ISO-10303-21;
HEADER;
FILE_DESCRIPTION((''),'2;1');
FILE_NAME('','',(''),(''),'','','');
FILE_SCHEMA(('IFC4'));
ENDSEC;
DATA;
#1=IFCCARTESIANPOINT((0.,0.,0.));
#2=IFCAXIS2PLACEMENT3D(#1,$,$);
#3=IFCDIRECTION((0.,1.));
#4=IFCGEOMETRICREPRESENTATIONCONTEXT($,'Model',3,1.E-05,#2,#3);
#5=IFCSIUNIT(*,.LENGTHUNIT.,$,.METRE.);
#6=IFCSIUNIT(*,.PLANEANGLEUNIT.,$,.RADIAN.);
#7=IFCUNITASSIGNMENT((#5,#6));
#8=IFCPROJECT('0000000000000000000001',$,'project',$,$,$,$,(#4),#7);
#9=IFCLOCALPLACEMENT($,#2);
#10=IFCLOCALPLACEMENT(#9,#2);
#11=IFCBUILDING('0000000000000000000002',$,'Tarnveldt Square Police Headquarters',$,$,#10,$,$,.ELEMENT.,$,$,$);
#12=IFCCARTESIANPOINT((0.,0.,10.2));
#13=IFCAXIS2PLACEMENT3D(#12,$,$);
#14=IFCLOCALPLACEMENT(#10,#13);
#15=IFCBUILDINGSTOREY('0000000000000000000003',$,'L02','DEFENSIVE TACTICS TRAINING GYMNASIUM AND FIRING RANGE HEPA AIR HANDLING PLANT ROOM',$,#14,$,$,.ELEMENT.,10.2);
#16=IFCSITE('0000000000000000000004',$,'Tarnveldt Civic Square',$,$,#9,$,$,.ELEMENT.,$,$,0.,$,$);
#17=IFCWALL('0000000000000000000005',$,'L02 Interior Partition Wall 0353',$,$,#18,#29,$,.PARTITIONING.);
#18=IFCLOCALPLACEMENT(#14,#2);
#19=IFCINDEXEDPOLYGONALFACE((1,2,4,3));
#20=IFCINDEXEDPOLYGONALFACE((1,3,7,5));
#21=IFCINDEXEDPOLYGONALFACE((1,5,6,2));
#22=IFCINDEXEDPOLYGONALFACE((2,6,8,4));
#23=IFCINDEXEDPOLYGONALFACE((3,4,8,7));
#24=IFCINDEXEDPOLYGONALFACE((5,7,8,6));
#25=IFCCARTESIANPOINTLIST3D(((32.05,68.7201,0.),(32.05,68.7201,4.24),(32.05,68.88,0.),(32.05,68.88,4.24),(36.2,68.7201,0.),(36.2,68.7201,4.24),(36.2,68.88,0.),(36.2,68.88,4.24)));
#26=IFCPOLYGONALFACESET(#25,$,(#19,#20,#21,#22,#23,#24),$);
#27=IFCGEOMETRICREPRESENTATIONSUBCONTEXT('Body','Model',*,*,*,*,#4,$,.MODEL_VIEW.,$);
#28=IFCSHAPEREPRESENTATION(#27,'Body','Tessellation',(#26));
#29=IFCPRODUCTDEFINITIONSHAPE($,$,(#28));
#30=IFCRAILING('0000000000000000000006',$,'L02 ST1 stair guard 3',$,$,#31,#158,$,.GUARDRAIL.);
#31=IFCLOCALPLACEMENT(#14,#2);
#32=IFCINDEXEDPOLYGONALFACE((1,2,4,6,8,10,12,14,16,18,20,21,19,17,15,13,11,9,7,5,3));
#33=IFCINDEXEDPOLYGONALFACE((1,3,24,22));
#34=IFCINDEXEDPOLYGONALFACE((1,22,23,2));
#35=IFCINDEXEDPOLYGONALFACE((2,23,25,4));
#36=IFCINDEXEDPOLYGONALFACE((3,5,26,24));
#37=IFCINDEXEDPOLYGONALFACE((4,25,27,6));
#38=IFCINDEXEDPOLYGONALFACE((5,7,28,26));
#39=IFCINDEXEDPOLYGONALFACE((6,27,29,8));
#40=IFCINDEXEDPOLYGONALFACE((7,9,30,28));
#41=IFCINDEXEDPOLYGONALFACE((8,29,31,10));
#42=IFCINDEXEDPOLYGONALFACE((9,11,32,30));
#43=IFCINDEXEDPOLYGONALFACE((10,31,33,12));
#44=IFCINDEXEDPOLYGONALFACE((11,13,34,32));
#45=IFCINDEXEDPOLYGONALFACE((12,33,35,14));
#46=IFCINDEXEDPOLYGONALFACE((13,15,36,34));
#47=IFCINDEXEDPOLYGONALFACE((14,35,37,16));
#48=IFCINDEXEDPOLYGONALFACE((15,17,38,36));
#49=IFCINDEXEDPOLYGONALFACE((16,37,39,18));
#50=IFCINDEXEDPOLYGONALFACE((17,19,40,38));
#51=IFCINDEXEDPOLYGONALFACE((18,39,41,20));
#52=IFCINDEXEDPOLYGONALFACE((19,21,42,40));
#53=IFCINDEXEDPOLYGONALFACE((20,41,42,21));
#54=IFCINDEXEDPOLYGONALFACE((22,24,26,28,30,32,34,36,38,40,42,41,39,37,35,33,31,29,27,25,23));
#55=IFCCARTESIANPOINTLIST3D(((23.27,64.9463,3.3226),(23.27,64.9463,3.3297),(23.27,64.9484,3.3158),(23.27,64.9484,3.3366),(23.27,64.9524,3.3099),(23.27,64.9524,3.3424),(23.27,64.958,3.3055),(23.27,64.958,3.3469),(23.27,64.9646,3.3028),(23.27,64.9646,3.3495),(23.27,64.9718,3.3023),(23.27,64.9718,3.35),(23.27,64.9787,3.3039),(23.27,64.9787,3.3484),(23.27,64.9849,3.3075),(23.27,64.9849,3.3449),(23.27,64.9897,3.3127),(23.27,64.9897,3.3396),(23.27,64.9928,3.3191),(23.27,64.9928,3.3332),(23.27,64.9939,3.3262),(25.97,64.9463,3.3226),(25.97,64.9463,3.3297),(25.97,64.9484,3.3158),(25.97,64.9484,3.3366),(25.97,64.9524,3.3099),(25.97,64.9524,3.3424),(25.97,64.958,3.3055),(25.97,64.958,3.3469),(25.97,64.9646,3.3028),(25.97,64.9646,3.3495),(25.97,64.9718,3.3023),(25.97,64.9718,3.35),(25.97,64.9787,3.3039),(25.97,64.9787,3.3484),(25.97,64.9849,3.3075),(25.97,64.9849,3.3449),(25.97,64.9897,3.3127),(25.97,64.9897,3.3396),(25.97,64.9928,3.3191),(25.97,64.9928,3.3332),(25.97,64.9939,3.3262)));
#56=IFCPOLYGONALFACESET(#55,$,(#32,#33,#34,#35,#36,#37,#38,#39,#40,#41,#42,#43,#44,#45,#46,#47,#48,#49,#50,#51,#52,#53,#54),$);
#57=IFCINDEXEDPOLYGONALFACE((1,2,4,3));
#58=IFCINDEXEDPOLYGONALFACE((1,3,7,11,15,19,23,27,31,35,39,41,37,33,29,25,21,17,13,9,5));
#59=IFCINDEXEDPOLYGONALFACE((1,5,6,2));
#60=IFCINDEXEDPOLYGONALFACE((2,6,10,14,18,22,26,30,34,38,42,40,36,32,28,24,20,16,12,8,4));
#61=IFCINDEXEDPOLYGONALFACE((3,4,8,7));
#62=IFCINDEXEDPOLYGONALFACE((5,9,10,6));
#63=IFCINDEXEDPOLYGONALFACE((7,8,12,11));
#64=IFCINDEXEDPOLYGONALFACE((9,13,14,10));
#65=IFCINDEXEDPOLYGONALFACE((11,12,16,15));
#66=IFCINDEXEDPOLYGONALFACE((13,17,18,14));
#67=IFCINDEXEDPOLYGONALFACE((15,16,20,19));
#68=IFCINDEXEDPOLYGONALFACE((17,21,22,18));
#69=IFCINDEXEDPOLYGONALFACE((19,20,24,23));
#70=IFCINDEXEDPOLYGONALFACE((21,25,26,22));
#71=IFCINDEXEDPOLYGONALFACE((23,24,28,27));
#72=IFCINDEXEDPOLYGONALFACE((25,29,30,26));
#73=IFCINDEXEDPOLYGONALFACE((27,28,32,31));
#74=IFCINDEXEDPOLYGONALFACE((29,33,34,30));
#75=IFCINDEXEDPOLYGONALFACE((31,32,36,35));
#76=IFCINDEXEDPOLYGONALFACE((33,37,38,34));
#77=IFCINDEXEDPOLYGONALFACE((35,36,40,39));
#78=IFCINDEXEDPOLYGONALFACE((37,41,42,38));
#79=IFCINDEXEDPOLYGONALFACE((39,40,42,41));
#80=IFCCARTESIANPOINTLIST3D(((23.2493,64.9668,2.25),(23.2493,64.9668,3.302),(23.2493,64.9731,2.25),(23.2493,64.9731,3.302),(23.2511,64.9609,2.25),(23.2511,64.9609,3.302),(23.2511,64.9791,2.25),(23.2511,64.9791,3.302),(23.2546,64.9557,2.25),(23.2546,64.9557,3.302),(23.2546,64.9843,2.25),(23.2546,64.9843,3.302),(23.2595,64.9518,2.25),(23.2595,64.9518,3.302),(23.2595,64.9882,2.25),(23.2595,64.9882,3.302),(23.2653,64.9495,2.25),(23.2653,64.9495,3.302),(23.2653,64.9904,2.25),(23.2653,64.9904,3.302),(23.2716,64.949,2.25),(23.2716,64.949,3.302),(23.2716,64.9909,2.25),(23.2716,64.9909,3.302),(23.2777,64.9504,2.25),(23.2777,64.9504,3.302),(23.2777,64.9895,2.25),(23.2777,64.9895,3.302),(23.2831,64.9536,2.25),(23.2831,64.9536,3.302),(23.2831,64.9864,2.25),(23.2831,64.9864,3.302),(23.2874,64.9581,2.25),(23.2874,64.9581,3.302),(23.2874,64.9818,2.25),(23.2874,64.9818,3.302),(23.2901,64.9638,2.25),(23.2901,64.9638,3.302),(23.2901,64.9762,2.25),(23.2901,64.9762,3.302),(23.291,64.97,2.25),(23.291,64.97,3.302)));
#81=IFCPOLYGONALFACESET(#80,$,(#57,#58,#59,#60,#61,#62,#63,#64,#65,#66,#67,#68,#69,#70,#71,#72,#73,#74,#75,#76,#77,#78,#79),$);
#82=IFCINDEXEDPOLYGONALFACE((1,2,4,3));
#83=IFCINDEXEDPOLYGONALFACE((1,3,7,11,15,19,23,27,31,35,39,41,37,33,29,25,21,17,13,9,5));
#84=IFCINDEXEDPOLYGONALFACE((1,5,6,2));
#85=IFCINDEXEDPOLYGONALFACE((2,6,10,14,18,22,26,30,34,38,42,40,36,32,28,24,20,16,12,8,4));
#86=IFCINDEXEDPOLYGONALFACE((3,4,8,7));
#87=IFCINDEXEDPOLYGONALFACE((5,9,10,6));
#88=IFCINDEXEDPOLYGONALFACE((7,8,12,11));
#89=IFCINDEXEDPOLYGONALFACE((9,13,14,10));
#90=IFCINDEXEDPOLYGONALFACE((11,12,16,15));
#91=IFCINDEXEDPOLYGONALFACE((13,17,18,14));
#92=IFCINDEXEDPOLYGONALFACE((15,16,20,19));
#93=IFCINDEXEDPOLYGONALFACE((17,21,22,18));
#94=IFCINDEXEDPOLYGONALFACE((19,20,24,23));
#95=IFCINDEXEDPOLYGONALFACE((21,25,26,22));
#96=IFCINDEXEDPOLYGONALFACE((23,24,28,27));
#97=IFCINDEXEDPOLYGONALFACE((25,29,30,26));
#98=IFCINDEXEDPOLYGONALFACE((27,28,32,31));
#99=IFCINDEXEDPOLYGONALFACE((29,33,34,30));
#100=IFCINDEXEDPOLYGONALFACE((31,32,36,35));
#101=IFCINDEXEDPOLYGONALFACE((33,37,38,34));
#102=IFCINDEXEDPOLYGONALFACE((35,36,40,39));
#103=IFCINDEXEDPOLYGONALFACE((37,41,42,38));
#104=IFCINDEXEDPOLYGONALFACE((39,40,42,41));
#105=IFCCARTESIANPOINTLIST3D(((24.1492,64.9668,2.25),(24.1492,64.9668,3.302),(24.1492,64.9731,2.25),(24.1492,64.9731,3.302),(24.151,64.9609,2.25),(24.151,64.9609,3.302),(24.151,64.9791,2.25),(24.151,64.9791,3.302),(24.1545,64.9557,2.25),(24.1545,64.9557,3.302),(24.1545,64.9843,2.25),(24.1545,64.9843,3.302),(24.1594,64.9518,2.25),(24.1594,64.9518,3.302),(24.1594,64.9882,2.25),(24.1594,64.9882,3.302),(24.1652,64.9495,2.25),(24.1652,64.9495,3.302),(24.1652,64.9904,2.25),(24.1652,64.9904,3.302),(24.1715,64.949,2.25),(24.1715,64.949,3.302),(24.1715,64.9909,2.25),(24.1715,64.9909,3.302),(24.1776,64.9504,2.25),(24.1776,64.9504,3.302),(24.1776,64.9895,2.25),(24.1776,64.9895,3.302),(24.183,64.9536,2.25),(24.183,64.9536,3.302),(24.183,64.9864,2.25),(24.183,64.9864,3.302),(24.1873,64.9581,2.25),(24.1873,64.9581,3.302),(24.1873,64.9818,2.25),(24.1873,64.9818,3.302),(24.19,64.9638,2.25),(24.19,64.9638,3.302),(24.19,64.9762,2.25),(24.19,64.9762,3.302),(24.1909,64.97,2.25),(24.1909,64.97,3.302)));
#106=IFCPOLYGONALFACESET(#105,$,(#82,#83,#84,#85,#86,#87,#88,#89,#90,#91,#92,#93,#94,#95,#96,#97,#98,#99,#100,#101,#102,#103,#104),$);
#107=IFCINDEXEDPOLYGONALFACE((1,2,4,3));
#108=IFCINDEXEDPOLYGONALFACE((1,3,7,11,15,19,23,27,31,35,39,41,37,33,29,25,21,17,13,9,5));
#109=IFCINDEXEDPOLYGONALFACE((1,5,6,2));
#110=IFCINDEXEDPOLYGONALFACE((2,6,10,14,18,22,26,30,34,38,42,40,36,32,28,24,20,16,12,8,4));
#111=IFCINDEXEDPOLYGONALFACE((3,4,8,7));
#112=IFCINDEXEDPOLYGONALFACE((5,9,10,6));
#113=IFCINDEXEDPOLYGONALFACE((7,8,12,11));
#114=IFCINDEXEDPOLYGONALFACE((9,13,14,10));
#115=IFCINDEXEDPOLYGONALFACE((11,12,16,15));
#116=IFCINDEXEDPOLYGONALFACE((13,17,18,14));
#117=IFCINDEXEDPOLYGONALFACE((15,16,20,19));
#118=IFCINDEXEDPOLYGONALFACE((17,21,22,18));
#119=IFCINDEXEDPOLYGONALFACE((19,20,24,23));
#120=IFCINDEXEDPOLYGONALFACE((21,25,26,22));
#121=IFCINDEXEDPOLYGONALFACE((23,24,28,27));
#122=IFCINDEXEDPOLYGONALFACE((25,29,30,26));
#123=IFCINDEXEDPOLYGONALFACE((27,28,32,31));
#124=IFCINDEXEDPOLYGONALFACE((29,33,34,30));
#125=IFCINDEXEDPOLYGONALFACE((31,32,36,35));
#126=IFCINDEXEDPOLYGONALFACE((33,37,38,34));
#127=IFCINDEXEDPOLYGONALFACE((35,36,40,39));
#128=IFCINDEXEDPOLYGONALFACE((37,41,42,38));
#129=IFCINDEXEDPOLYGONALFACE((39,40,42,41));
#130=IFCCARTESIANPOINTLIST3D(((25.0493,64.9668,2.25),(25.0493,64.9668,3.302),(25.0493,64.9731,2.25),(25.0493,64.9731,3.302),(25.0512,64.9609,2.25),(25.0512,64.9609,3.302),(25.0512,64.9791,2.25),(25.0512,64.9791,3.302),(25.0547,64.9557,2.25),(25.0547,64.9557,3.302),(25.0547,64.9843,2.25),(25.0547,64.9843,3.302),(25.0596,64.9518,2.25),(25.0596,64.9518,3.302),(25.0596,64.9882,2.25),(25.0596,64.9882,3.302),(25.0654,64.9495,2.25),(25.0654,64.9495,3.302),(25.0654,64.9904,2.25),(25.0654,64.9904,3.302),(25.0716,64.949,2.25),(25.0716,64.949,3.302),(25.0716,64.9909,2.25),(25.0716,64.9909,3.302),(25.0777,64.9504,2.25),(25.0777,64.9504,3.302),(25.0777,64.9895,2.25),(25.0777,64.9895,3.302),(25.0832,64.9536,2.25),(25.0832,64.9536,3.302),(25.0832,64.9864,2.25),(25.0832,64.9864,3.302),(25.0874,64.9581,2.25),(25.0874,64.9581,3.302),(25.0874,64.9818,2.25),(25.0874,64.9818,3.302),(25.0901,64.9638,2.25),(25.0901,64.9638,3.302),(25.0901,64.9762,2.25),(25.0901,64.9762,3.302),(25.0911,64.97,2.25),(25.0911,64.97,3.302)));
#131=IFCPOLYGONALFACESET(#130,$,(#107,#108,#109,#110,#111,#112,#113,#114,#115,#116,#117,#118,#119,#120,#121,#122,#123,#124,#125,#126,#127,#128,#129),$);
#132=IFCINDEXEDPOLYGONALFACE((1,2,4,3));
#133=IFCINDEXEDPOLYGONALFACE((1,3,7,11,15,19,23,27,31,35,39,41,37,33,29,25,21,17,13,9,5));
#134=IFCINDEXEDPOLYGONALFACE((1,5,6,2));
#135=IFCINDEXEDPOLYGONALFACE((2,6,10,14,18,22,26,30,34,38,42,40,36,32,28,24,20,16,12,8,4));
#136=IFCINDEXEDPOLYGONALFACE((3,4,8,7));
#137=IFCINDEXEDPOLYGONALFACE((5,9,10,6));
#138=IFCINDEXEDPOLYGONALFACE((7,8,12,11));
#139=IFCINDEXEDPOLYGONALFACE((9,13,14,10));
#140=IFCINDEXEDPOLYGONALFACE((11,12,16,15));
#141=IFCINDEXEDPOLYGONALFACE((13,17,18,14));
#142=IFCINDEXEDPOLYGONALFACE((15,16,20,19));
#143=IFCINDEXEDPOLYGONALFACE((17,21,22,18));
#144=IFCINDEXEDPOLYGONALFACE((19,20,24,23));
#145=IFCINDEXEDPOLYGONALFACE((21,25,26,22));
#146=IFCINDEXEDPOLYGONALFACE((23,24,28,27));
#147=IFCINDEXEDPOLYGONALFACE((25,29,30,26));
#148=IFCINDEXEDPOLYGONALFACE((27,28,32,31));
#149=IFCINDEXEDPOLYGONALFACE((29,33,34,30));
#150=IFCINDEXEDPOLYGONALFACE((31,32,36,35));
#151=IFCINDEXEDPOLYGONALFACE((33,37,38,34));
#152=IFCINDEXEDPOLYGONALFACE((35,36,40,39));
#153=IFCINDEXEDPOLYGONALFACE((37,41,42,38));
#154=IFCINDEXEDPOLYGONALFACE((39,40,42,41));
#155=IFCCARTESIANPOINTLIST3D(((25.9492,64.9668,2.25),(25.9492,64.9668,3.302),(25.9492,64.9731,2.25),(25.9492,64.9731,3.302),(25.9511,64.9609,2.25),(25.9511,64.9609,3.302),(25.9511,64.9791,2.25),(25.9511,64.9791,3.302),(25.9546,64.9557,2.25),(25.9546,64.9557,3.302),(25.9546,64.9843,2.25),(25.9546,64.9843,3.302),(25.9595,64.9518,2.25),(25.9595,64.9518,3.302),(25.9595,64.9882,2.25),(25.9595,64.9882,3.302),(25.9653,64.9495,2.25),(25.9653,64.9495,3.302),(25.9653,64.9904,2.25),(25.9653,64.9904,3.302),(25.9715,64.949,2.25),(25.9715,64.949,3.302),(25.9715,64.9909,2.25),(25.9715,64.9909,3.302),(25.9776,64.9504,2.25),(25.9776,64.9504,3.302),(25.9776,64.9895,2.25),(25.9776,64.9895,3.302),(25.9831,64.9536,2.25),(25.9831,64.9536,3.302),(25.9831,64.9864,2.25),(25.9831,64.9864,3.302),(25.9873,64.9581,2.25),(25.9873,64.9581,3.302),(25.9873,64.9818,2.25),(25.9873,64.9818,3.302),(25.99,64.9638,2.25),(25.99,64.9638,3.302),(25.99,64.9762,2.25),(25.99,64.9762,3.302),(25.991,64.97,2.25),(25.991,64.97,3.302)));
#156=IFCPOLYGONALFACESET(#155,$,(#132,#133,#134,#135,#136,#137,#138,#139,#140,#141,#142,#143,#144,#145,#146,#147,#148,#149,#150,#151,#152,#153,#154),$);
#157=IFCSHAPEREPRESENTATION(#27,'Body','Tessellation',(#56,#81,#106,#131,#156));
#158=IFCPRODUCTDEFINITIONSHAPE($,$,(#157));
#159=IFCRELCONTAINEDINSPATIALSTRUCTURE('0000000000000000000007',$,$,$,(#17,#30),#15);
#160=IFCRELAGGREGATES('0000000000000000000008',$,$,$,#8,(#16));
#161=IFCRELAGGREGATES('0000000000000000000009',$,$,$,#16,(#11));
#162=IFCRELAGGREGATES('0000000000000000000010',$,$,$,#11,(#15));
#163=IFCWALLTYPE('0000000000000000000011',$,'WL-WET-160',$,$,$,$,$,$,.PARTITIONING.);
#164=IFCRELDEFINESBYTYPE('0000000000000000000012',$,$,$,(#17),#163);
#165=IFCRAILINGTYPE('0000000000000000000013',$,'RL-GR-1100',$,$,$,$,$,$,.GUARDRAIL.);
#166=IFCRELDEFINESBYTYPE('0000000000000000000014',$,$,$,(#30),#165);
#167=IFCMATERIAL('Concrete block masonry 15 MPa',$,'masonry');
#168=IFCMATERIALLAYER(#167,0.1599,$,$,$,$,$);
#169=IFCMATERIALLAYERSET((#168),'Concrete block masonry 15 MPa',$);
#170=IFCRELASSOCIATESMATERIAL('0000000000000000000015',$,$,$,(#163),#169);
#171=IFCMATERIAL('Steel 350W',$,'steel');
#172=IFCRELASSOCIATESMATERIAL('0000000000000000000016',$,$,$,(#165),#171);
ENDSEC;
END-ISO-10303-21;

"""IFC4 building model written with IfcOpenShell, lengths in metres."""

from ifc_helpers import new_model, si_unit, direction, frame, frame_2d, origin, origin_2d, place, context, subcontext, project, spatial, rectangle, circle, extrude, material, layer, layer_set, type_object, element, save


model = new_model("IFC4")

# Units and contexts
model_context = context("Model", 3, precision=1e-05, world=origin(), true_north=direction((0.0, 1.0)))
body_context = subcontext(model_context, "Body", "Model", "MODEL_VIEW")
ifc_project = project(units=[si_unit("LENGTHUNIT", "METRE"), si_unit("PLANEANGLEUNIT", "RADIAN")], contexts=[model_context])

# Site, building, storey
site_placement = place(None, origin())
site = spatial("IfcSite", under=ifc_project, at=site_placement, Name="Tarnveldt Civic Square", CompositionType="ELEMENT", RefElevation=0.0)
building_placement = place(site_placement, origin())
building = spatial("IfcBuilding", under=site, at=building_placement, Name="Tarnveldt Square Police Headquarters", CompositionType="ELEMENT")
storey_placement = place(building_placement, frame((0.0, 0.0, 10.2)))
storey = spatial("IfcBuildingStorey", under=building, at=storey_placement, Name="L02", Description="DEFENSIVE TACTICS TRAINING GYMNASIUM AND FIRING RANGE HEPA AIR HANDLING PLANT ROOM", CompositionType="ELEMENT", Elevation=10.2)

# Shared definitions
ifc_material_1 = material(Name="Steel 350W", Category="steel")

# Wall
ifc_material_2 = material(Name="Concrete block masonry 15 MPa", Category="masonry")
ifc_layer_1 = layer(ifc_material_2, 0.1599)
ifc_layer_set_1 = layer_set([ifc_layer_1], Name="Concrete block masonry 15 MPa")
wall_type_1 = type_object("IfcWallType", Name="WL-WET-160", PredefinedType="PARTITIONING", material=ifc_layer_set_1)
wall_1_placement = place(storey_placement, frame((32.05, 68.8, 0.0), z_axis=(0.0, 0.0, 1.0), x_axis=(1.0, 0.0, 0.0)))
element("IfcWall", 1, at=wall_1_placement, inside=storey, type_object=wall_type_1, Name="L02 Interior Partition Wall 0353", PredefinedType="PARTITIONING", context=body_context, shape_type="SweptSolid", body=[
    extrude(rectangle(XDim=4.1499, YDim=0.1599, at=frame_2d((2.075, 0.0))), origin(), (0.0, 0.0, 1.0), 4.24),
])

# Railing
railing_type_1 = type_object("IfcRailingType", Name="RL-GR-1100", PredefinedType="GUARDRAIL", material=ifc_material_1)
railing_1_placement = place(storey_placement, frame((23.27, 64.97, 2.25)))
element("IfcRailing", 2, at=railing_1_placement, inside=storey, type_object=railing_type_1, Name="L02 ST1 stair guard 3", PredefinedType="GUARDRAIL", context=body_context, shape_type="SweptSolid", body=[
    extrude(circle(Radius=0.0239, at=origin_2d()), frame((0.0, 0.0, 1.0762), z_axis=(1.0, 0.0, 0.0), x_axis=(0.0, 1.0, 0.0)), (0.0, 0.0, 1.0), 2.7),
    extrude(circle(Radius=0.021, at=origin_2d()), origin(), (0.0, 0.0, 1.0), 1.052),
    extrude(circle(Radius=0.021, at=origin_2d()), frame((0.8999, 0.0, 0.0)), (0.0, 0.0, 1.0), 1.052),
    extrude(circle(Radius=0.021, at=origin_2d()), frame((1.8, 0.0, 0.0)), (0.0, 0.0, 1.0), 1.052),
    extrude(circle(Radius=0.021, at=origin_2d()), frame((2.7, 0.0, 0.0)), (0.0, 0.0, 1.0), 1.052),
])

save(model, "model.ifc")
